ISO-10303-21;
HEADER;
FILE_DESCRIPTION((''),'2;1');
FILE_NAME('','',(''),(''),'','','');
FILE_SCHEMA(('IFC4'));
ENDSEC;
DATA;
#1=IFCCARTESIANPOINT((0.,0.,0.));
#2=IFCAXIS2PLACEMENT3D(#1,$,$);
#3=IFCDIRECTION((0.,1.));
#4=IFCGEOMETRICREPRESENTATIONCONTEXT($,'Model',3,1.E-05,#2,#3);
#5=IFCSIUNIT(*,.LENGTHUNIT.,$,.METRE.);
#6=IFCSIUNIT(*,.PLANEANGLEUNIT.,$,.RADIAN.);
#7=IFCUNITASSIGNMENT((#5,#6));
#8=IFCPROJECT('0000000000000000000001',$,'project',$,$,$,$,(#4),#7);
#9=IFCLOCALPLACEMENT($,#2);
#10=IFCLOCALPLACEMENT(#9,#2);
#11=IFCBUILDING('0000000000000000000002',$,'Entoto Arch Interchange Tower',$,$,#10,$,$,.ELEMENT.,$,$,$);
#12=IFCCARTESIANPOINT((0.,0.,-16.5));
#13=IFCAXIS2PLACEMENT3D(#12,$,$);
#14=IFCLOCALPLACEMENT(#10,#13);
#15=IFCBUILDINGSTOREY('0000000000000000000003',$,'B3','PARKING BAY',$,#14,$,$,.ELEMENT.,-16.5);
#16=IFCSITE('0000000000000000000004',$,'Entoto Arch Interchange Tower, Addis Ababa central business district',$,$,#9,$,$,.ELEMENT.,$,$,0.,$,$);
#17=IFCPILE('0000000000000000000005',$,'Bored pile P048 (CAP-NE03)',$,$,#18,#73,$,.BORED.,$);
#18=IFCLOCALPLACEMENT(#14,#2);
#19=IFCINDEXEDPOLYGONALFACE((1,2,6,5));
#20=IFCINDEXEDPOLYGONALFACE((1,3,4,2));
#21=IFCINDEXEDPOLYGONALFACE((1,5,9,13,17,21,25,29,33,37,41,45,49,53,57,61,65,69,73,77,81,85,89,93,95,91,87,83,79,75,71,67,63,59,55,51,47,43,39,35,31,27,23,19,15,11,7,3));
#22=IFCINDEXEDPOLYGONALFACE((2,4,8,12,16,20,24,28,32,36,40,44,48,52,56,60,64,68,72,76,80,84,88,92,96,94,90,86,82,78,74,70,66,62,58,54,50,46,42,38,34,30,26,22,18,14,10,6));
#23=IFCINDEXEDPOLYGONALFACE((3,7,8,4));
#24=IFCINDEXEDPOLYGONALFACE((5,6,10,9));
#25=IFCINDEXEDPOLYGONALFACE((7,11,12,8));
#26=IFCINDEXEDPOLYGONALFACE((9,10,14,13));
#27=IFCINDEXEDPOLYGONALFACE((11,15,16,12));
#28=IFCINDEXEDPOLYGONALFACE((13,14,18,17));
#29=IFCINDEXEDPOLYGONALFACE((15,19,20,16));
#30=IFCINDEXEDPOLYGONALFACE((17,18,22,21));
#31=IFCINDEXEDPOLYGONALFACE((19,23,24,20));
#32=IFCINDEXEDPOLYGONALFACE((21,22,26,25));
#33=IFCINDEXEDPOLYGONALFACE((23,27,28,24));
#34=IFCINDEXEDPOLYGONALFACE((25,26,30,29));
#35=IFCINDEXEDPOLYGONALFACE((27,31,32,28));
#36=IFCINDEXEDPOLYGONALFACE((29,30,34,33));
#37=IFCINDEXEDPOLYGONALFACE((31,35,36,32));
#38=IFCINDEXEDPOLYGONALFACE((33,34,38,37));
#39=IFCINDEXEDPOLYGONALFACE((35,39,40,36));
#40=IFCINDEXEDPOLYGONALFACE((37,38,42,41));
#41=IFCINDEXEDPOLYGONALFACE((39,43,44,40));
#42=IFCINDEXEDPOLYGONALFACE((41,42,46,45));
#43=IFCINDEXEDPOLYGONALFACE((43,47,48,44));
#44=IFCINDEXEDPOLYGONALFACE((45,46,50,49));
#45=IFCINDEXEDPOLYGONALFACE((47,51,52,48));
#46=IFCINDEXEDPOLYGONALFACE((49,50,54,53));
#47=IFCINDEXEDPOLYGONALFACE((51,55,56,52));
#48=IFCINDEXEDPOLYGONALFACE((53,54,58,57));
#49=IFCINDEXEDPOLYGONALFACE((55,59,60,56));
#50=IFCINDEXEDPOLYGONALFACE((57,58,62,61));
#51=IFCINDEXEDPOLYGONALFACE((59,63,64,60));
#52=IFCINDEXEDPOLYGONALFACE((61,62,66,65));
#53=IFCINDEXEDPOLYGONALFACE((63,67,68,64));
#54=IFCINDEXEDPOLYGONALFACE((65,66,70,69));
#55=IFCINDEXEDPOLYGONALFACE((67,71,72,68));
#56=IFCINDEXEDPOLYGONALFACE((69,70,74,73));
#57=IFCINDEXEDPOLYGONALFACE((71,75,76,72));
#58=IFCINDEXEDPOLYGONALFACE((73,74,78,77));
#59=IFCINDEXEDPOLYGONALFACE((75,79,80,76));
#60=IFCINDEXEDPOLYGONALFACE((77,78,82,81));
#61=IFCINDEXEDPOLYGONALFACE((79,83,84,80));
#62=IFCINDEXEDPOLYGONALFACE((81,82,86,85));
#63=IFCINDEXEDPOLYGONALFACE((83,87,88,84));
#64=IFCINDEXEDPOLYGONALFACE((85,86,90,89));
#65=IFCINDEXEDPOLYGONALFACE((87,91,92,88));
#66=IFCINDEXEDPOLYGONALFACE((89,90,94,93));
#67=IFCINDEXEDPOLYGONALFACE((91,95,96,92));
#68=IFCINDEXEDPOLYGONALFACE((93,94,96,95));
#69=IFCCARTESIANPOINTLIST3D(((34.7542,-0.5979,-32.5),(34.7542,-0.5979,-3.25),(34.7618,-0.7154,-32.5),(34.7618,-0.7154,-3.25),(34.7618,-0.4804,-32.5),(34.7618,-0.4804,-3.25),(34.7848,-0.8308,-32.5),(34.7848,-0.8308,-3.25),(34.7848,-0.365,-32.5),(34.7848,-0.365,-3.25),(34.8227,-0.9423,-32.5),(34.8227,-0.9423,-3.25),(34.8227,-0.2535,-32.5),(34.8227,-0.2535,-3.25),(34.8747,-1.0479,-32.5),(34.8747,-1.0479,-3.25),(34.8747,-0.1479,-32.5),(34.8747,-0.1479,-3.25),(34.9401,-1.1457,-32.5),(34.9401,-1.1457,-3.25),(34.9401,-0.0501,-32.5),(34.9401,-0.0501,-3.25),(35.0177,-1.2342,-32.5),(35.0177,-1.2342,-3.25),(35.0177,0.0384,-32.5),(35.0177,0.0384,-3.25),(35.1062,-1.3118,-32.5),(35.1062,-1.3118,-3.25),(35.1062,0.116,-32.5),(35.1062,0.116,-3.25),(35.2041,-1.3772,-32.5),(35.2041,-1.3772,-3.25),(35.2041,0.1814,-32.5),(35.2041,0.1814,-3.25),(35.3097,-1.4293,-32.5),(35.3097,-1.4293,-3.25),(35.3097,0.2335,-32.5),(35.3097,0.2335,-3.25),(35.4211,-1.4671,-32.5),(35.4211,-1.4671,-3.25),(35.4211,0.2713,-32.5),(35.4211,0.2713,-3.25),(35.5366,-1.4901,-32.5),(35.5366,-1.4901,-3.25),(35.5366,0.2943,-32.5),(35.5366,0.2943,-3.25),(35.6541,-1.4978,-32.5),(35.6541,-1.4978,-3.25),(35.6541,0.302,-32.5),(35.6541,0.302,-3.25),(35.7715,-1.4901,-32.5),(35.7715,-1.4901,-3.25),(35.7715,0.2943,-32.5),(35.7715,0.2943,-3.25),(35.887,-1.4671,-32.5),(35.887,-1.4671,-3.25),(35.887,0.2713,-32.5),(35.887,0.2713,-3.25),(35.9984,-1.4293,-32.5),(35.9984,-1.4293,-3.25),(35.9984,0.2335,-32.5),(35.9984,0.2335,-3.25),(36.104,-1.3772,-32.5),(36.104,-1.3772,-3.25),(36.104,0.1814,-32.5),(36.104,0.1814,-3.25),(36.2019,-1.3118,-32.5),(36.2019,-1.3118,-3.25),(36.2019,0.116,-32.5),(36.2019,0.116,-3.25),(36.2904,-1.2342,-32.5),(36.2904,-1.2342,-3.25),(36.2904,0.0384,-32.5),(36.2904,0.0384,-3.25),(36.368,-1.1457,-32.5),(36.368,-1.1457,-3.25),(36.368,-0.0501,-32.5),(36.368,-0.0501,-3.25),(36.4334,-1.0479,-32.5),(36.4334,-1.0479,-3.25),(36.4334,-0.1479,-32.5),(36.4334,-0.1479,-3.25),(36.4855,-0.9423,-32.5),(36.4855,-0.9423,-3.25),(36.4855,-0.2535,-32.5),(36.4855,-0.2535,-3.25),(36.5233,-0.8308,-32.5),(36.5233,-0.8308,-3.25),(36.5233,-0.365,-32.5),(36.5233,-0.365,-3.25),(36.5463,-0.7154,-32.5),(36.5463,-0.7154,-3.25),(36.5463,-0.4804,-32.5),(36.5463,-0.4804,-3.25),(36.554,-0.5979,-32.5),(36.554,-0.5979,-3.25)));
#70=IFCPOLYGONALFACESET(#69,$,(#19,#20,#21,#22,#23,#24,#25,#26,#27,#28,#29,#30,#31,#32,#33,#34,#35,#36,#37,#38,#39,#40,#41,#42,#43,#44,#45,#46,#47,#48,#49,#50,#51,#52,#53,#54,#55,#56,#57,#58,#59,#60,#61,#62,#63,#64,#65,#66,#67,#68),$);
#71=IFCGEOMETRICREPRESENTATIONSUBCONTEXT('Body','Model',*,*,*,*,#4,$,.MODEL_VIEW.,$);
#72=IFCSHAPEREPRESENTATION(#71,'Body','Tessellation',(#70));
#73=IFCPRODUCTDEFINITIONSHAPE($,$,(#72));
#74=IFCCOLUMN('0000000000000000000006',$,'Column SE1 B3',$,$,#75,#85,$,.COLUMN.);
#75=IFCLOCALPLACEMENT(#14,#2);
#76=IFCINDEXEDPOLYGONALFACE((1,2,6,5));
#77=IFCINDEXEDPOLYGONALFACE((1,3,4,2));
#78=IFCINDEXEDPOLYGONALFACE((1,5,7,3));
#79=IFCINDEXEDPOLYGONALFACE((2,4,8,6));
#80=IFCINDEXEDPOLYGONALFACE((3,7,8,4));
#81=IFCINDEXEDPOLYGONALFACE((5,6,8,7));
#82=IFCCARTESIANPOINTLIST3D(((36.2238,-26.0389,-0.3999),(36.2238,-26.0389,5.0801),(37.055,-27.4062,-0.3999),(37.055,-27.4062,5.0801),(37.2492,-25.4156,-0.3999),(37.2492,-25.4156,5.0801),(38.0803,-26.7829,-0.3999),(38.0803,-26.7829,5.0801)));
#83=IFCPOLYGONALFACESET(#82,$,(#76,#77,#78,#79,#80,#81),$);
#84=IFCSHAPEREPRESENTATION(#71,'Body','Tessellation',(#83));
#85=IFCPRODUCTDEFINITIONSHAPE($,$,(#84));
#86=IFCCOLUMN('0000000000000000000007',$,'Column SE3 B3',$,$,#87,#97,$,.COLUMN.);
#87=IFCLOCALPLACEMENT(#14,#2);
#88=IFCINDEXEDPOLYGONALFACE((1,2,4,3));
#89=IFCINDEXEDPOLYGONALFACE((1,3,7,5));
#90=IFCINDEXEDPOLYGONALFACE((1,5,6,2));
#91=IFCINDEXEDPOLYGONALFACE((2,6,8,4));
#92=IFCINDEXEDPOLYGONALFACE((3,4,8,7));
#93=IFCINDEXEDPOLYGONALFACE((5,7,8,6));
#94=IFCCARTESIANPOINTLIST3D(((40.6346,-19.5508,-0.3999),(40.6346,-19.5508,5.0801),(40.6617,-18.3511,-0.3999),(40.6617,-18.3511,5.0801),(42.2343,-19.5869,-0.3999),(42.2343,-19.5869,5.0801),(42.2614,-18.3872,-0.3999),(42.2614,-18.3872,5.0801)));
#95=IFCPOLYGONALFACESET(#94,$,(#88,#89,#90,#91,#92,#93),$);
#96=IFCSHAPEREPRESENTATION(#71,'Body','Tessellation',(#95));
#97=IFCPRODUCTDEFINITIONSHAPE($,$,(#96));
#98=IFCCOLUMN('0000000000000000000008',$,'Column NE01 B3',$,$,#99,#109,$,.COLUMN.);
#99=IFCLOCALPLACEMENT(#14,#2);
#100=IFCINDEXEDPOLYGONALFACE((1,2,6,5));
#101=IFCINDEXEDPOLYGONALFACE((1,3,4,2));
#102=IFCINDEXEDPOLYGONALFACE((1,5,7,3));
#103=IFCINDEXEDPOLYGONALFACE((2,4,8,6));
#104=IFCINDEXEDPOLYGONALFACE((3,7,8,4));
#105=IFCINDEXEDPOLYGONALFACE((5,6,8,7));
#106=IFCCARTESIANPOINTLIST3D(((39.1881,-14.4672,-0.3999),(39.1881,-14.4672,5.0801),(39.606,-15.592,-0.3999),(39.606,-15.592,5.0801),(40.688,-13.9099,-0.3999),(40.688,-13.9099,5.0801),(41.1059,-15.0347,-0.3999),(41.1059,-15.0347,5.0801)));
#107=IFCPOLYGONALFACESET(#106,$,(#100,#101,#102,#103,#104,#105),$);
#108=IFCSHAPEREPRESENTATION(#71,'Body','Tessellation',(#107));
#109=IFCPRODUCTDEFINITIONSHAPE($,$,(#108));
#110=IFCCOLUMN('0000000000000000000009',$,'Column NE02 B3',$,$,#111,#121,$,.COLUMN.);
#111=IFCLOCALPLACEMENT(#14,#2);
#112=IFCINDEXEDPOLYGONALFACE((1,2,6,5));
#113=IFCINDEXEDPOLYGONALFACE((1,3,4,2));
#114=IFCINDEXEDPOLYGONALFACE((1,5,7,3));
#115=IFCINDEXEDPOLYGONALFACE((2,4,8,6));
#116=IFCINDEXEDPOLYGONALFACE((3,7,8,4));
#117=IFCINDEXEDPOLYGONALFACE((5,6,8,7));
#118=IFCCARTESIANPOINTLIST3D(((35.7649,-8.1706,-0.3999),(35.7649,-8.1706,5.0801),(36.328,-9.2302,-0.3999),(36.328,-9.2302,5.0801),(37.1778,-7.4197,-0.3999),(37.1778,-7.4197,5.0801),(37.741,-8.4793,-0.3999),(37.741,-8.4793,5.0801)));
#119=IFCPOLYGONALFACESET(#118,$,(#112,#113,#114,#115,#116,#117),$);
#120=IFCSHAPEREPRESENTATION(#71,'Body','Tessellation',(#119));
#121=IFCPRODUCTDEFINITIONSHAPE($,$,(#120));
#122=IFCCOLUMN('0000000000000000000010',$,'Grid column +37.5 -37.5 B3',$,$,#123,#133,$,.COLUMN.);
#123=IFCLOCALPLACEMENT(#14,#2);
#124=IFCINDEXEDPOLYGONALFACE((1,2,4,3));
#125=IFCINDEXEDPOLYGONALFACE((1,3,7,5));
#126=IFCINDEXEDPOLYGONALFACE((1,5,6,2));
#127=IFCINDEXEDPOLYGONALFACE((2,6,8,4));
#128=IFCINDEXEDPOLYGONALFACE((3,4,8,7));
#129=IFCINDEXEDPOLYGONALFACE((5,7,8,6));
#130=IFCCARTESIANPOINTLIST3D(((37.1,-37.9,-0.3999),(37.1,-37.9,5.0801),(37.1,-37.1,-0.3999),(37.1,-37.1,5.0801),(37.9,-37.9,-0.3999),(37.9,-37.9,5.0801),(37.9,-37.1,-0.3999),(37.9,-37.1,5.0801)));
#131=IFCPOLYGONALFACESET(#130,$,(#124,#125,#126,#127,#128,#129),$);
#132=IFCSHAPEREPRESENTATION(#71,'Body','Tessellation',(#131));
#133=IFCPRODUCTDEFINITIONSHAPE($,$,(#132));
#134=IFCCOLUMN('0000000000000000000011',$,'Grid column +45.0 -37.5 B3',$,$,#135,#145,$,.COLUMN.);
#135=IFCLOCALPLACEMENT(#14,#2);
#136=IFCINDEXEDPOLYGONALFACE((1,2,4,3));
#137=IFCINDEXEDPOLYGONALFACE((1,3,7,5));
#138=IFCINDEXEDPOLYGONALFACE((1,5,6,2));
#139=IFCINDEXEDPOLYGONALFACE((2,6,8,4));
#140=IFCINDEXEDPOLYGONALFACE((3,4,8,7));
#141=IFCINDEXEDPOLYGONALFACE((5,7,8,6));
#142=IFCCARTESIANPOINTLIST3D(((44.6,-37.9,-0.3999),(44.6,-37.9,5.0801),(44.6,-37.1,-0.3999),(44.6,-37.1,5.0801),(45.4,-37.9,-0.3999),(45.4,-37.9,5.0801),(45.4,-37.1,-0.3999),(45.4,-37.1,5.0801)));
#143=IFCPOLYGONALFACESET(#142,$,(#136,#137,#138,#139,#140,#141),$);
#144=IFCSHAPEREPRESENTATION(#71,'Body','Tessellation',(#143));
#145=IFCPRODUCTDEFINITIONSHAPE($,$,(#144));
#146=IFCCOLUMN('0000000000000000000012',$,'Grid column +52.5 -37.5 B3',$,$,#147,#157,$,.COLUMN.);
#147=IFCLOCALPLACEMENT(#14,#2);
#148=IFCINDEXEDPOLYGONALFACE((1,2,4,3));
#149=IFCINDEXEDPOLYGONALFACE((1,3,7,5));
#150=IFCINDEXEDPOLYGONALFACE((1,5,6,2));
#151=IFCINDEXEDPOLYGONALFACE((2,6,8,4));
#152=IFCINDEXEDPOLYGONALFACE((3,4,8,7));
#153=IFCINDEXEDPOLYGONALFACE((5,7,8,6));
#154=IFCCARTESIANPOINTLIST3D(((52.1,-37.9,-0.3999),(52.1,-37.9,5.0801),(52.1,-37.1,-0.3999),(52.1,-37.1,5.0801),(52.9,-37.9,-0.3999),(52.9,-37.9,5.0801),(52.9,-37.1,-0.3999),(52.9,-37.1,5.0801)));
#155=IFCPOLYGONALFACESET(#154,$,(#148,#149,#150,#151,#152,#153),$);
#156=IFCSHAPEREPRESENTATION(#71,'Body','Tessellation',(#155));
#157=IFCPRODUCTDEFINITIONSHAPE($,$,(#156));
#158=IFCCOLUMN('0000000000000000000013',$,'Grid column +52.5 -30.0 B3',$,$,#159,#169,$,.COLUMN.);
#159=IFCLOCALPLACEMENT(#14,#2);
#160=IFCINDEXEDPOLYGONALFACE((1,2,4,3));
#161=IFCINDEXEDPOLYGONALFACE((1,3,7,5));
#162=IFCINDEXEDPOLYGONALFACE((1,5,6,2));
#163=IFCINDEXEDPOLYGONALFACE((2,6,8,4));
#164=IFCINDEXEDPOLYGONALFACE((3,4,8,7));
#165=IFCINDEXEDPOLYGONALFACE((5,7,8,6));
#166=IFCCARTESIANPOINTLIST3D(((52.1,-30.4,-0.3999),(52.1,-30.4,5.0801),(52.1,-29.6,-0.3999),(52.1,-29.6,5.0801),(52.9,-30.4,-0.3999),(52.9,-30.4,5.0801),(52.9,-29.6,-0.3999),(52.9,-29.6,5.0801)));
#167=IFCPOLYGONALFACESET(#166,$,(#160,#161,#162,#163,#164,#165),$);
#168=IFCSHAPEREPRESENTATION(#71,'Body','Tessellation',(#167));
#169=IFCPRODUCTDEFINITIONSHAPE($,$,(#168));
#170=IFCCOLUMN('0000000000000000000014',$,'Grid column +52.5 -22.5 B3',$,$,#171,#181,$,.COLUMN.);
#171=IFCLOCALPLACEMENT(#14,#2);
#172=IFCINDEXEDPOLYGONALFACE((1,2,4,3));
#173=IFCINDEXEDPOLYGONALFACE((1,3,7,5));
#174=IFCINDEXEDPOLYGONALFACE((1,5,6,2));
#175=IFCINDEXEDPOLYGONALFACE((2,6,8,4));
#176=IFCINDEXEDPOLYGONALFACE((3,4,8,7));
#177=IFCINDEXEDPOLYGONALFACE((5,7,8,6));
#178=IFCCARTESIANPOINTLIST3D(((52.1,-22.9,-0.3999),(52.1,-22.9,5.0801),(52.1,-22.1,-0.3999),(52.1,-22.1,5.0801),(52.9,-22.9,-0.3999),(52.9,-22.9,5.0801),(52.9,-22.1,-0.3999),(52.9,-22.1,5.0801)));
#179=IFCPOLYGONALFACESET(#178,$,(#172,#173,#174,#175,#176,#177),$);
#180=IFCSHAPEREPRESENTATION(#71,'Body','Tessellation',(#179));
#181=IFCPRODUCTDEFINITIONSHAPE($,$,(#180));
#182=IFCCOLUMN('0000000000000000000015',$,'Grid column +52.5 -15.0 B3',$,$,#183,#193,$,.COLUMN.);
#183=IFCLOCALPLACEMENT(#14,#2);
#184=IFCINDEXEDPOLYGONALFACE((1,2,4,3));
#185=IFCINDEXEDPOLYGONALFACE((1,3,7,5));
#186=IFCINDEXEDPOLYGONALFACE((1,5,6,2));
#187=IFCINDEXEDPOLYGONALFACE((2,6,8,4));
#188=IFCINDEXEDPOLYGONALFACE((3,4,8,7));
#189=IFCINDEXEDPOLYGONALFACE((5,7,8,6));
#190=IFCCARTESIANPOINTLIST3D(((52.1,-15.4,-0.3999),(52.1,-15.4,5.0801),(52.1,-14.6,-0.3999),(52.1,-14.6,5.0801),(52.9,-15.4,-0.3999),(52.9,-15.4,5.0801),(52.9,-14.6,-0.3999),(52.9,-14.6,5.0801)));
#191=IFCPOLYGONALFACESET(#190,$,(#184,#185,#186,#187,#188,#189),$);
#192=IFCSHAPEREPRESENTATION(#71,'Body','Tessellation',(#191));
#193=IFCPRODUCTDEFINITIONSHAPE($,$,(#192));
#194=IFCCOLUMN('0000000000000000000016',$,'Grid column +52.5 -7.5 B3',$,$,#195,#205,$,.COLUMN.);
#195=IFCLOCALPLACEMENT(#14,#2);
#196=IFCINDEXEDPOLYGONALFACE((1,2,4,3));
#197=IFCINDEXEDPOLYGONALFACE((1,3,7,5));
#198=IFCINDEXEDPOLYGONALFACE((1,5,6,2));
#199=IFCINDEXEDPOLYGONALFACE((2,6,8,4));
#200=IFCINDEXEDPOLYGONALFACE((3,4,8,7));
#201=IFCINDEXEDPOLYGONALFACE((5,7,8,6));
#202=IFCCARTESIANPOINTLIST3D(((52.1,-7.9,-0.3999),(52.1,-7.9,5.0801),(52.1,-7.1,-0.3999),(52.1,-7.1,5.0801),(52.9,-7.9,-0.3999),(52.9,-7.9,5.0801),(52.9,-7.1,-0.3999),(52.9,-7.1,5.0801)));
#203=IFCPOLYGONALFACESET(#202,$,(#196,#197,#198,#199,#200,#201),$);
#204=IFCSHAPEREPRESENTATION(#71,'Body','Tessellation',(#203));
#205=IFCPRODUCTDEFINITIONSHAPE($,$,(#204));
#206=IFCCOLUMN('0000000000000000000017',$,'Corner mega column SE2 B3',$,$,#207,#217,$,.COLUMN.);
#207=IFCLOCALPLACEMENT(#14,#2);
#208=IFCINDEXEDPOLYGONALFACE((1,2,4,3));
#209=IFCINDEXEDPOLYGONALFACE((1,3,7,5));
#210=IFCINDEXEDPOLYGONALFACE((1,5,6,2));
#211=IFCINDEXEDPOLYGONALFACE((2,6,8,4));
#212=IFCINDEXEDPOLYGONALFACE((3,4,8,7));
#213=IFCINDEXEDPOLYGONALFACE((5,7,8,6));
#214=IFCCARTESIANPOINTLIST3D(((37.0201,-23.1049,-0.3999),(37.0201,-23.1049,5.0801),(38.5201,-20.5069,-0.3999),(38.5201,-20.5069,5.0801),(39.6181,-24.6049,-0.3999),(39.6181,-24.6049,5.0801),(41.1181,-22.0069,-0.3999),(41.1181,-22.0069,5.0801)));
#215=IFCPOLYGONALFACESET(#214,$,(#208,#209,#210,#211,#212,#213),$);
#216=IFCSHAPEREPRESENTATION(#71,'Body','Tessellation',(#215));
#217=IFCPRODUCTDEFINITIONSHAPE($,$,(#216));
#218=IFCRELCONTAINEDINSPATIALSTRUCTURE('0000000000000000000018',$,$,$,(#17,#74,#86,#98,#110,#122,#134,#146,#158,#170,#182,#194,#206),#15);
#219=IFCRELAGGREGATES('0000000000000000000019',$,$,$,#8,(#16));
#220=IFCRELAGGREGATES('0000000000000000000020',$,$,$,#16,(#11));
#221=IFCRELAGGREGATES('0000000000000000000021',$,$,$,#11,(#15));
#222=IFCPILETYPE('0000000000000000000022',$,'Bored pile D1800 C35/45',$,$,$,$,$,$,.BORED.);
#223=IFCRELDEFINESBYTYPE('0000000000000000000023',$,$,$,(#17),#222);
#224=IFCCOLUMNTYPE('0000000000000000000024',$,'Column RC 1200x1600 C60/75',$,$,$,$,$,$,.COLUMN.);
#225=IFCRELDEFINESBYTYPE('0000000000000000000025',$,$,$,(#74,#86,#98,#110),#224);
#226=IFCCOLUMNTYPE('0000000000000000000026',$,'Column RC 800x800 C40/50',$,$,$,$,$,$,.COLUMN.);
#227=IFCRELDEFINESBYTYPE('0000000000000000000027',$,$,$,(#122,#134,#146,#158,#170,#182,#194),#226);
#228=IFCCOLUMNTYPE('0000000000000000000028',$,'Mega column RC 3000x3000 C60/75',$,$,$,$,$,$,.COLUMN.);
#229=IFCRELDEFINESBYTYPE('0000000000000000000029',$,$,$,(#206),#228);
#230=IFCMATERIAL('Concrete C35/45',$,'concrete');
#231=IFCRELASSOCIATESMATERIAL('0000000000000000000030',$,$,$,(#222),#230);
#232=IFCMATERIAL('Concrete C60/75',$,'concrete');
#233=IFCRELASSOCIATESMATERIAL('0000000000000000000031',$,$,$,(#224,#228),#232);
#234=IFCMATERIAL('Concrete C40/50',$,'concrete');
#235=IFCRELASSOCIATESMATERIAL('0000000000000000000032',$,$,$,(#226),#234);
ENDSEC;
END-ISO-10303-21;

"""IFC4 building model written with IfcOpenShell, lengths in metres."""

from ifc_helpers import new_model, si_unit, direction, frame, origin, origin_2d, place, context, subcontext, project, spatial, rectangle, circle, extrude, material, material_profile, profile_set, type_object, element, save


model = new_model("IFC4")

# Units and contexts
model_context = context("Model", 3, precision=1e-05, world=origin(), true_north=direction((0.0, 1.0)))
body_context = subcontext(model_context, "Body", "Model", "MODEL_VIEW")
ifc_project = project(units=[si_unit("LENGTHUNIT", "METRE"), si_unit("PLANEANGLEUNIT", "RADIAN")], contexts=[model_context])

# Site, building, storey
site_placement = place(None, origin())
site = spatial("IfcSite", under=ifc_project, at=site_placement, Name="Entoto Arch Interchange Tower, Addis Ababa central business district", CompositionType="ELEMENT", RefElevation=0.0)
building_placement = place(site_placement, origin())
building = spatial("IfcBuilding", under=site, at=building_placement, Name="Entoto Arch Interchange Tower", CompositionType="ELEMENT")
storey_placement = place(building_placement, frame((0.0, 0.0, -16.5)))
storey = spatial("IfcBuildingStorey", under=building, at=storey_placement, Name="B3", Description="PARKING BAY", CompositionType="ELEMENT", Elevation=-16.5)

# Pile
ifc_material_1 = material(Name="Concrete C35/45", Category="concrete")
ifc_material_profile_1 = material_profile(ifc_material_1, circle(Radius=0.8999, at=origin_2d()))
ifc_profile_set_1 = profile_set([ifc_material_profile_1], Name="Concrete C35/45")
pile_type = type_object("IfcPileType", Name="Bored pile D1800 C35/45", PredefinedType="BORED", material=ifc_profile_set_1)
for number, where, z_axis, x_axis, name in (
    (1, (35.6541, -0.5979, -3.25), (0.0, 0.0, -1.0), (1.0, 0.0, 0.0), "Bored pile P048 (CAP-NE03)"),
):
    element("IfcPile", number, at=place(storey_placement, frame(where, z_axis=z_axis, x_axis=x_axis)), inside=storey, type_object=pile_type, Name=name, PredefinedType="BORED", context=body_context, shape_type="SweptSolid", body=[
        extrude(circle(Radius=0.8999, at=origin_2d()), origin(), (0.0, 0.0, 1.0), 29.25),
    ])

# Columns
ifc_material_2 = material(Name="Concrete C60/75", Category="concrete")
ifc_material_profile_2 = material_profile(ifc_material_2, rectangle(XDim=1.2, YDim=1.6001, at=origin_2d()))
ifc_profile_set_2 = profile_set([ifc_material_profile_2], Name="Concrete C60/75")
column_type_1 = type_object("IfcColumnType", Name="Column RC 1200x1600 C60/75", PredefinedType="COLUMN", material=ifc_profile_set_2)
for number, where, z_axis, x_axis, name in (
    (2, (37.1521, -26.4109, -0.3999), (0.0, 0.0, 1.0), (0.854522, 0.519415, 0.0), "Column SE1 B3"),
    (3, (41.448, -18.969, -0.3999), (0.0, 0.0, 1.0), (0.022565, 0.999745, 0.0), "Column SE3 B3"),
    (4, (40.147, -14.751, -0.3999), (0.0, 0.0, 1.0), (-0.348278, 0.937391, 0.0), "Column NE01 B3"),
    (5, (36.7529, -8.325, -0.3999), (0.0, 0.0, 1.0), (-0.469317, 0.88303, 0.0), "Column NE02 B3"),
):
    element("IfcColumn", number, at=place(storey_placement, frame(where, z_axis=z_axis, x_axis=x_axis)), inside=storey, type_object=column_type_1, Name=name, PredefinedType="COLUMN", context=body_context, shape_type="SweptSolid", body=[
        extrude(rectangle(XDim=1.2, YDim=1.6001, at=origin_2d()), origin(), (0.0, 0.0, 1.0), 5.48),
    ])
ifc_material_3 = material(Name="Concrete C40/50", Category="concrete")
ifc_material_profile_3 = material_profile(ifc_material_3, rectangle(XDim=0.8, YDim=0.8, at=origin_2d()))
ifc_profile_set_3 = profile_set([ifc_material_profile_3], Name="Concrete C40/50")
column_type_2 = type_object("IfcColumnType", Name="Column RC 800x800 C40/50", PredefinedType="COLUMN", material=ifc_profile_set_3)
for number, where, z_axis, x_axis, name in (
    (6, (37.5, -37.5, -0.3999), (0.0, 0.0, 1.0), (1.0, 0.0, 0.0), "Grid column +37.5 -37.5 B3"),
    (7, (45.0, -37.5, -0.3999), (0.0, 0.0, 1.0), (1.0, 0.0, 0.0), "Grid column +45.0 -37.5 B3"),
    (8, (52.5, -37.5, -0.3999), (0.0, 0.0, 1.0), (1.0, 0.0, 0.0), "Grid column +52.5 -37.5 B3"),
    (9, (52.5, -30.0, -0.3999), (0.0, 0.0, 1.0), (1.0, 0.0, 0.0), "Grid column +52.5 -30.0 B3"),
    (10, (52.5, -22.5, -0.3999), (0.0, 0.0, 1.0), (1.0, 0.0, 0.0), "Grid column +52.5 -22.5 B3"),
    (11, (52.5, -15.0, -0.3999), (0.0, 0.0, 1.0), (1.0, 0.0, 0.0), "Grid column +52.5 -15.0 B3"),
    (12, (52.5, -7.5, -0.3999), (0.0, 0.0, 1.0), (1.0, 0.0, 0.0), "Grid column +52.5 -7.5 B3"),
):
    element("IfcColumn", number, at=place(storey_placement, frame(where, z_axis=z_axis, x_axis=x_axis)), inside=storey, type_object=column_type_2, Name=name, PredefinedType="COLUMN", context=body_context, shape_type="SweptSolid", body=[
        extrude(rectangle(XDim=0.8, YDim=0.8, at=origin_2d()), origin(), (0.0, 0.0, 1.0), 5.48),
    ])
ifc_material_profile_4 = material_profile(ifc_material_2, rectangle(XDim=3.0, YDim=3.0, at=origin_2d()))
ifc_profile_set_4 = profile_set([ifc_material_profile_4], Name="Concrete C60/75")
column_type_3 = type_object("IfcColumnType", Name="Mega column RC 3000x3000 C60/75", PredefinedType="COLUMN", material=ifc_profile_set_4)
column_placement = place(storey_placement, frame((39.0691, -22.5559, -0.3999), z_axis=(0.0, 0.0, 1.0), x_axis=(-0.866025, 0.5, 0.0)))
element("IfcColumn", 13, at=column_placement, inside=storey, type_object=column_type_3, Name="Corner mega column SE2 B3", PredefinedType="COLUMN", context=body_context, shape_type="SweptSolid", body=[
    extrude(rectangle(XDim=3.0, YDim=3.0, at=origin_2d()), origin(), (0.0, 0.0, 1.0), 5.48),
])

save(model, "model.ifc")
